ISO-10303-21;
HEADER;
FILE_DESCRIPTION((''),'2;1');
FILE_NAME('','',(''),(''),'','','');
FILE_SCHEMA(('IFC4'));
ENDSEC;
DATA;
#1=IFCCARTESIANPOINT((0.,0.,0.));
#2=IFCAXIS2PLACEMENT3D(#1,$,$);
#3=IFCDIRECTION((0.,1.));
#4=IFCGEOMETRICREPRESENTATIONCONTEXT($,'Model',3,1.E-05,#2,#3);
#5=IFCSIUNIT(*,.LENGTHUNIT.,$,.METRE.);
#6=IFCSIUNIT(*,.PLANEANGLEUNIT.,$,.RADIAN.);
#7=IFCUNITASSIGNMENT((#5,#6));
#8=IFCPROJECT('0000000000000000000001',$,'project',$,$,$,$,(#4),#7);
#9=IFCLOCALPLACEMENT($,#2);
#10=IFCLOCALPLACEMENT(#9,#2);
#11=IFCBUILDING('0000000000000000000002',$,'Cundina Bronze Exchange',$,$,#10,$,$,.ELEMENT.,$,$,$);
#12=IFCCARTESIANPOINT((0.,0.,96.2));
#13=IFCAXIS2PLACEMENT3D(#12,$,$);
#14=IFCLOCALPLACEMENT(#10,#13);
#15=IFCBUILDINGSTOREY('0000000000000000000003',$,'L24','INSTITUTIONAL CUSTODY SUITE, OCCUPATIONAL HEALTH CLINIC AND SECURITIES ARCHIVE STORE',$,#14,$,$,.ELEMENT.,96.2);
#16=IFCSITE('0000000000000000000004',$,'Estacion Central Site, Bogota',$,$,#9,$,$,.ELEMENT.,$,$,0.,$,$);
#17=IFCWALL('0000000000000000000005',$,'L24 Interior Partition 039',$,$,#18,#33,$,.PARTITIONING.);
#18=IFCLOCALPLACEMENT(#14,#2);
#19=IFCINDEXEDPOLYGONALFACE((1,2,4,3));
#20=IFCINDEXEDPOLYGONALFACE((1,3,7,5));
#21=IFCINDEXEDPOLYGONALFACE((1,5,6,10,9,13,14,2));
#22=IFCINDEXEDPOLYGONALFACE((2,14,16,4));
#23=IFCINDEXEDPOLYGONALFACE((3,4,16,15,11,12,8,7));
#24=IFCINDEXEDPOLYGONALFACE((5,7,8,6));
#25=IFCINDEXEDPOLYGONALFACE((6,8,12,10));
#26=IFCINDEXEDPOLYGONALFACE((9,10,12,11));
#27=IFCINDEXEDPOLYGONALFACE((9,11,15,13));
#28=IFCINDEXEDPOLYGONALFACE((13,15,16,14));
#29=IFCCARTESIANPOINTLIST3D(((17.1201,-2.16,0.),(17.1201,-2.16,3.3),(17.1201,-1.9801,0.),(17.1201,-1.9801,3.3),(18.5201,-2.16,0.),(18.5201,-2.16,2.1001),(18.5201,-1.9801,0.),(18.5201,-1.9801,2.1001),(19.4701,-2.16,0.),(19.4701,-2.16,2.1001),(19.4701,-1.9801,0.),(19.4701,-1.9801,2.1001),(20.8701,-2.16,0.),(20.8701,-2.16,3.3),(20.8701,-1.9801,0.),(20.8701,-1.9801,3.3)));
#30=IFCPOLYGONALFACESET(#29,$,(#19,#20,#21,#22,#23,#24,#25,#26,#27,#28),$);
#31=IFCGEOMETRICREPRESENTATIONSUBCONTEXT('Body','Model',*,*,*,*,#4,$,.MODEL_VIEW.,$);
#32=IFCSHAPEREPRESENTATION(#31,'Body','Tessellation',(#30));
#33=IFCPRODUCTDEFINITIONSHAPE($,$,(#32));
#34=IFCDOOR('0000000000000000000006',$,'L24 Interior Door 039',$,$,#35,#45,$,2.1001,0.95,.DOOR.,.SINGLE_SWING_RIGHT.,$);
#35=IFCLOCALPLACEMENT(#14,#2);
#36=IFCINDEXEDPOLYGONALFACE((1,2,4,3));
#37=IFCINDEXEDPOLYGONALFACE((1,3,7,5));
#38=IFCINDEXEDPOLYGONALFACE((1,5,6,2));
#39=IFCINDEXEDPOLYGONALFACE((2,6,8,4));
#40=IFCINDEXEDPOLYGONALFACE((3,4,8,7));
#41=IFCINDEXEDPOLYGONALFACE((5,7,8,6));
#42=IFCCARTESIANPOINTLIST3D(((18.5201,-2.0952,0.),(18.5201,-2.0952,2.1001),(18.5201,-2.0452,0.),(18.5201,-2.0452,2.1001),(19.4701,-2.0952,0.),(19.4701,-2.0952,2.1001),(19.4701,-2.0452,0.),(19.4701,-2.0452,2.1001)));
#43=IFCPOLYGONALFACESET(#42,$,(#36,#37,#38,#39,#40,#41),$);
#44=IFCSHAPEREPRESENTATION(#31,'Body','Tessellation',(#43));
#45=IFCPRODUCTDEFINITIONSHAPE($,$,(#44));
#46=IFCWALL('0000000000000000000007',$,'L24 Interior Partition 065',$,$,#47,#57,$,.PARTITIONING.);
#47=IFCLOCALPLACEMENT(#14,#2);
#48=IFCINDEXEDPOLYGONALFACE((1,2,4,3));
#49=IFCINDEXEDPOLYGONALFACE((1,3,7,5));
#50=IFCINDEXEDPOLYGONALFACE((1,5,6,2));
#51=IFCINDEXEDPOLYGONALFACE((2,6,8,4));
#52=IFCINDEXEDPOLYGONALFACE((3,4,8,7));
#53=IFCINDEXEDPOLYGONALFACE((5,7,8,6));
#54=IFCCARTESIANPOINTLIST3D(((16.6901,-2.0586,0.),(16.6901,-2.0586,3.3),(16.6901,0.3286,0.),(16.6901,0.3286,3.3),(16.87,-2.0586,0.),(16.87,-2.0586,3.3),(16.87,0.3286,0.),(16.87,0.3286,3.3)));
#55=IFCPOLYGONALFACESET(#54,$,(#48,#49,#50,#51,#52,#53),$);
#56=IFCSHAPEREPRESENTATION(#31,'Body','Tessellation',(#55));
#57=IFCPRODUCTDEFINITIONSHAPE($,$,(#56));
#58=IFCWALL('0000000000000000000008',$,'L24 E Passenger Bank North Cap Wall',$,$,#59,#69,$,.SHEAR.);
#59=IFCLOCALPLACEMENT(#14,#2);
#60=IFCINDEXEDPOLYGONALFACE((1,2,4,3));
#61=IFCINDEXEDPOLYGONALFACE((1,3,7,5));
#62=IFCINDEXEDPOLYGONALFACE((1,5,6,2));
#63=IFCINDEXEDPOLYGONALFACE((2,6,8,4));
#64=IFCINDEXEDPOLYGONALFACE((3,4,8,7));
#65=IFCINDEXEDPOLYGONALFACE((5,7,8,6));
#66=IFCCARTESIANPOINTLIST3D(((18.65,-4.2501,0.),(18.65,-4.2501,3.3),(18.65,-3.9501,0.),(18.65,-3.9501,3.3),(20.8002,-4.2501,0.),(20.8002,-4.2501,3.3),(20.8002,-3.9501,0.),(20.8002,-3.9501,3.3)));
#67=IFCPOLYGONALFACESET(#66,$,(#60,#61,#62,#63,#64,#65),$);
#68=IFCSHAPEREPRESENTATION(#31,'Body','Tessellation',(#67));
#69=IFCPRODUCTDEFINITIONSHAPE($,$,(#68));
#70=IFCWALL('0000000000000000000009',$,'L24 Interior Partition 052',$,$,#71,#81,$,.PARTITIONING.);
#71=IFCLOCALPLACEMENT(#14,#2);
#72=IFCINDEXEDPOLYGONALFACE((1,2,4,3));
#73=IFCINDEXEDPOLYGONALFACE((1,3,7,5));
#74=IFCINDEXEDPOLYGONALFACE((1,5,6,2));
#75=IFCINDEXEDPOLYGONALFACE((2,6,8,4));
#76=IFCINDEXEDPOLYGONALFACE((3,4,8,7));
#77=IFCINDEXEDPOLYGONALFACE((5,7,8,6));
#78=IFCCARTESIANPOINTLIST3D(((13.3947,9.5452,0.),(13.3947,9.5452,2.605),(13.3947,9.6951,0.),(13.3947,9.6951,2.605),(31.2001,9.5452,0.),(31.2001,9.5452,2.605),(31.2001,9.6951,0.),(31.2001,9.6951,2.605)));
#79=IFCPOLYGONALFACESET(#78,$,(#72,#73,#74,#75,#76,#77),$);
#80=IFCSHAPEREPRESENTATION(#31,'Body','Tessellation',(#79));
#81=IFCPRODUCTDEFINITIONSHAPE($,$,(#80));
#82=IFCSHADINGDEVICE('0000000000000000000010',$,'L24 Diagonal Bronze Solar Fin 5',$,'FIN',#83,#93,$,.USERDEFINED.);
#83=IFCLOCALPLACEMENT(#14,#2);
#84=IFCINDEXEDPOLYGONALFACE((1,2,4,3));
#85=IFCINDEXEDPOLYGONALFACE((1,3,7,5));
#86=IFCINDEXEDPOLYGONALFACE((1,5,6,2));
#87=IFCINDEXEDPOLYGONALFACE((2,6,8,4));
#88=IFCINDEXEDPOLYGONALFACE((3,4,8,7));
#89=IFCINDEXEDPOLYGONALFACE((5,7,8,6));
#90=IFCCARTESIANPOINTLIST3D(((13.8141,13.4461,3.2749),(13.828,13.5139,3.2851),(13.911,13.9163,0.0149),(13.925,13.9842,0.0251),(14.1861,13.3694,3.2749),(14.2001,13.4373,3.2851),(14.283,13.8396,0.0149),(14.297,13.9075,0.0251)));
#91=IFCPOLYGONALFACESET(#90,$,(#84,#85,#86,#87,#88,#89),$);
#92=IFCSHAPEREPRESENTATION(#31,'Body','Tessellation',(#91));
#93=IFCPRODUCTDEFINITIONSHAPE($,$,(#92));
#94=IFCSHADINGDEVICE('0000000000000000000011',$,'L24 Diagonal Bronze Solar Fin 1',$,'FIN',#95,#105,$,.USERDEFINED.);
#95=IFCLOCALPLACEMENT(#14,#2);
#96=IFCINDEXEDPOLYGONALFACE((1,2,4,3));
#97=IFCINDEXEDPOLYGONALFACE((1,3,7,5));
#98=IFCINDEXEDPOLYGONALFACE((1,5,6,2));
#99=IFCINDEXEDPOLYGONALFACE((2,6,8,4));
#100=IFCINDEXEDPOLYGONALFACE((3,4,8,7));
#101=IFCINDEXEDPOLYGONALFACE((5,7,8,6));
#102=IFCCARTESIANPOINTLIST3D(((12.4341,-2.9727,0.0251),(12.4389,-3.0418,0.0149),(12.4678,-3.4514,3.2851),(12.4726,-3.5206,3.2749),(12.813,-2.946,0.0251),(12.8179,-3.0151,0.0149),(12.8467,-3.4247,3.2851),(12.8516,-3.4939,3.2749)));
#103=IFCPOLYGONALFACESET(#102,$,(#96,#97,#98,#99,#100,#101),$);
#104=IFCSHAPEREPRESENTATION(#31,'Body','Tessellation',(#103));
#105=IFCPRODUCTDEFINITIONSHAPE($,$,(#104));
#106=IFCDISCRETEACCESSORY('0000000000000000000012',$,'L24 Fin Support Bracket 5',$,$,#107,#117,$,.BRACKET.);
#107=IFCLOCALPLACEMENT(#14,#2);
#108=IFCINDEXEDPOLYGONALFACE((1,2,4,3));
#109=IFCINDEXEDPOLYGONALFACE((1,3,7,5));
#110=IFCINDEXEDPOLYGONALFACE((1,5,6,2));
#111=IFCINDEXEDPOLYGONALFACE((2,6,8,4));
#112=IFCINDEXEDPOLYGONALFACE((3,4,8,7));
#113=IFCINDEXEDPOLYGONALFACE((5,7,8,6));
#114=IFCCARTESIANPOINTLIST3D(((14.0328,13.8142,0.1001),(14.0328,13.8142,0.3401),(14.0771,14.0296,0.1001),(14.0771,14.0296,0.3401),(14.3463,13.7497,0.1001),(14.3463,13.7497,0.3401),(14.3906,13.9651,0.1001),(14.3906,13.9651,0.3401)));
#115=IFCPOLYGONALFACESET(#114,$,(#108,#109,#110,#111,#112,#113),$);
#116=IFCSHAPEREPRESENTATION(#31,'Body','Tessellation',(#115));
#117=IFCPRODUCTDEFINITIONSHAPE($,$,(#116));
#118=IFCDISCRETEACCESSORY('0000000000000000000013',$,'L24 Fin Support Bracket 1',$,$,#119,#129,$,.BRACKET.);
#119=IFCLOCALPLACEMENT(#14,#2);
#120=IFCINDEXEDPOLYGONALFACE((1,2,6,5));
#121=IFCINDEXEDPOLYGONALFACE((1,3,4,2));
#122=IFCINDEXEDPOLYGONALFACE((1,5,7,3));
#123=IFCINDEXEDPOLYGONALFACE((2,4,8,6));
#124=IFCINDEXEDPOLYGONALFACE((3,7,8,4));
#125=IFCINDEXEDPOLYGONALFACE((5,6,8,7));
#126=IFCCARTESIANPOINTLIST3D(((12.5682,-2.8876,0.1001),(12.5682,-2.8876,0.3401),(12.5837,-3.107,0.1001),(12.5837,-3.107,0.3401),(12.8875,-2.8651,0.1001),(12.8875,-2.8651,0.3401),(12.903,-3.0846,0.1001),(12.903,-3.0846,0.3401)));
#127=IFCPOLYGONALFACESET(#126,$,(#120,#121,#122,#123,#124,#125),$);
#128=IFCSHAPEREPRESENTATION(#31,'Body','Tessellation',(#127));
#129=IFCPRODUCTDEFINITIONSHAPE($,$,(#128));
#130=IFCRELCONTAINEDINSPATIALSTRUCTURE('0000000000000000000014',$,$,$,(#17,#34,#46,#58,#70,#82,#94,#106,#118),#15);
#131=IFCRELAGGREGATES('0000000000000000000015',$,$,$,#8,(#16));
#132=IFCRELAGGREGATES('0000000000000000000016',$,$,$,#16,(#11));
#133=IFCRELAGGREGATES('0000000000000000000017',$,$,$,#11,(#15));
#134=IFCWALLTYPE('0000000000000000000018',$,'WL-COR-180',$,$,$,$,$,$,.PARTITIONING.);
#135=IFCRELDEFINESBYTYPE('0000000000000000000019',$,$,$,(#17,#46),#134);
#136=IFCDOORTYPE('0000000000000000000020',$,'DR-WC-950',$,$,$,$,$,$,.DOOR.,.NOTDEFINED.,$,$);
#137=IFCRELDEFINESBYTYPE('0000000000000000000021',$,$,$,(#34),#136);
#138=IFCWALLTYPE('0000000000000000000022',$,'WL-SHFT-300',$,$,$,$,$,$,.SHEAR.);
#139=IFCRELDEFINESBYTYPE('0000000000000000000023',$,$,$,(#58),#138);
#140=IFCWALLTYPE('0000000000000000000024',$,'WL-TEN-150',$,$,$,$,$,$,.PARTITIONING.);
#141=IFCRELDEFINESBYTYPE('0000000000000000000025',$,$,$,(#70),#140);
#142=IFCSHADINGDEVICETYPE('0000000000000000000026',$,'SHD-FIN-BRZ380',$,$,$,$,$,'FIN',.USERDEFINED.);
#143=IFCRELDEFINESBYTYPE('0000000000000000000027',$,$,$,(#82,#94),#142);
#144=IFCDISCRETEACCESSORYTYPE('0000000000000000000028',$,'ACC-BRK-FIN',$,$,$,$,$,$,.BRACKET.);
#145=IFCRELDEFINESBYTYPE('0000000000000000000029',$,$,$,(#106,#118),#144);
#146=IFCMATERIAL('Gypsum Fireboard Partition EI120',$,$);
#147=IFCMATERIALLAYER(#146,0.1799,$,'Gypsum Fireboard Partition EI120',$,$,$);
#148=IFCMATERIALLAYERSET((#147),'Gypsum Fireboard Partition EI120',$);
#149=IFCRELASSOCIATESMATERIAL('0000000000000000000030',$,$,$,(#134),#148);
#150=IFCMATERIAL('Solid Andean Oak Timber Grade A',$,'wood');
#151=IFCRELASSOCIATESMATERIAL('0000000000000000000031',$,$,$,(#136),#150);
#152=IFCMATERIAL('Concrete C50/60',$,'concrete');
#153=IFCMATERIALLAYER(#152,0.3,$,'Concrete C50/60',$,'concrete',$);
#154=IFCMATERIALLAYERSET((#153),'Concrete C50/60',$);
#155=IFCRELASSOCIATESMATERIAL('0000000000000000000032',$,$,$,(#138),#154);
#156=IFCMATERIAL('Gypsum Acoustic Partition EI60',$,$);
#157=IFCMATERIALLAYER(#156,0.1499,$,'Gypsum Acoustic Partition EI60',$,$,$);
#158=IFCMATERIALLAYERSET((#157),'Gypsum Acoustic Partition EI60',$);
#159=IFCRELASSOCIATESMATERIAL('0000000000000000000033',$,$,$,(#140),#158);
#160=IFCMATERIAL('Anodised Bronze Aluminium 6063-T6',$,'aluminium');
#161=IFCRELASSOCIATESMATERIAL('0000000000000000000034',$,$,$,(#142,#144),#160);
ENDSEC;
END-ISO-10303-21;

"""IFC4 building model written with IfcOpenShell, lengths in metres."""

from ifc_helpers import new_model, si_unit, direction, frame, frame_2d, origin, origin_2d, place, context, subcontext, project, spatial, rectangle, extrude, material, layer, layer_set, material_profile, profile_set, type_object, element, fill, save


model = new_model("IFC4")

# Units and contexts
model_context = context("Model", 3, precision=1e-05, world=origin(), true_north=direction((0.0, 1.0)))
body_context = subcontext(model_context, "Body", "Model", "MODEL_VIEW")
ifc_project = project(units=[si_unit("LENGTHUNIT", "METRE"), si_unit("PLANEANGLEUNIT", "RADIAN")], contexts=[model_context])

# Site, building, storey
site_placement = place(None, origin())
site = spatial("IfcSite", under=ifc_project, at=site_placement, Name="Estacion Central Site, Bogota", CompositionType="ELEMENT", RefElevation=0.0)
building_placement = place(site_placement, origin())
building = spatial("IfcBuilding", under=site, at=building_placement, Name="Cundina Bronze Exchange", CompositionType="ELEMENT")
storey_placement = place(building_placement, frame((0.0, 0.0, 96.2)))
storey = spatial("IfcBuildingStorey", under=building, at=storey_placement, Name="L24", Description="INSTITUTIONAL CUSTODY SUITE, OCCUPATIONAL HEALTH CLINIC AND SECURITIES ARCHIVE STORE", CompositionType="ELEMENT", Elevation=96.2)

# Shared definitions
ifc_material_1 = material(Name="Anodised Bronze Aluminium 6063-T6", Category="aluminium")

# Wall, opening, door
ifc_material_2 = material(Name="Gypsum Fireboard Partition EI120")
ifc_layer_1 = layer(ifc_material_2, 0.1799, Name="Gypsum Fireboard Partition EI120")
ifc_layer_set_1 = layer_set([ifc_layer_1], Name="Gypsum Fireboard Partition EI120")
wall_type_1 = type_object("IfcWallType", Name="WL-COR-180", PredefinedType="PARTITIONING", material=ifc_layer_set_1)
wall_1_placement = place(storey_placement, frame((17.1201, -2.0701, 0.0), z_axis=(0.0, 0.0, 1.0), x_axis=(1.0, 0.0, 0.0)))
wall_1 = element("IfcWall", 1, at=wall_1_placement, inside=storey, type_object=wall_type_1, Name="L24 Interior Partition 039", PredefinedType="PARTITIONING", context=body_context, shape_type="SweptSolid", body=[
    extrude(rectangle(XDim=3.75, YDim=0.1799, at=frame_2d((1.875, 0.0))), origin(), (0.0, 0.0, 1.0), 3.3),
])
opening_placement = place(wall_1_placement, frame((1.3999, 0.0, 0.0)))
opening = element("IfcOpeningElement", 2, at=opening_placement, cuts=wall_1, PredefinedType="OPENING", context=body_context, shape_type="SweptSolid", body=[
    extrude(rectangle(XDim=0.95, YDim=2.1001, at=frame_2d((0.4751, 1.05))), frame((0.0, 0.0999, 0.0), z_axis=(0.0, -1.0, 0.0), x_axis=(1.0, 0.0, 0.0)), (0.0, 0.0, 1.0), 0.2),
])
ifc_material_3 = material(Name="Solid Andean Oak Timber Grade A", Category="wood")
door_type = type_object("IfcDoorType", Name="DR-WC-950", OperationType="NOTDEFINED", PredefinedType="DOOR", material=ifc_material_3)
door_placement = place(opening_placement, origin())
door = element("IfcDoor", 3, at=door_placement, inside=storey, type_object=door_type, Name="L24 Interior Door 039", OperationType="SINGLE_SWING_RIGHT", OverallHeight=2.1001, OverallWidth=0.95, PredefinedType="DOOR", context=body_context, shape_type="SweptSolid", body=[
    extrude(rectangle(XDim=0.95, YDim=2.1001, at=frame_2d((0.4751, 1.05))), frame((0.0, 0.0249, 0.0), z_axis=(0.0, -1.0, 0.0), x_axis=(1.0, 0.0, 0.0)), (0.0, 0.0, 1.0), 0.05),
])
fill(opening, door)

# Walls
wall_2_placement = place(storey_placement, frame((16.78, 0.3286, 0.0), z_axis=(0.0, 0.0, 1.0), x_axis=(0.0, -1.0, 0.0)))
element("IfcWall", 4, at=wall_2_placement, inside=storey, type_object=wall_type_1, Name="L24 Interior Partition 065", PredefinedType="PARTITIONING", context=body_context, shape_type="SweptSolid", body=[
    extrude(rectangle(XDim=2.3872, YDim=0.1799, at=frame_2d((1.1936, 0.0))), origin(), (0.0, 0.0, 1.0), 3.3),
])
ifc_material_4 = material(Name="Concrete C50/60", Category="concrete")
ifc_layer_2 = layer(ifc_material_4, 0.3, Name="Concrete C50/60", Category="concrete")
ifc_layer_set_2 = layer_set([ifc_layer_2], Name="Concrete C50/60")
wall_type_2 = type_object("IfcWallType", Name="WL-SHFT-300", PredefinedType="SHEAR", material=ifc_layer_set_2)
wall_3_placement = place(storey_placement, frame((18.6499, -4.1001, 0.0), z_axis=(0.0, 0.0, 1.0), x_axis=(1.0, 0.0, 0.0)))
element("IfcWall", 5, at=wall_3_placement, inside=storey, type_object=wall_type_2, Name="L24 E Passenger Bank North Cap Wall", PredefinedType="SHEAR", context=body_context, shape_type="SweptSolid", body=[
    extrude(rectangle(XDim=2.1501, YDim=0.3, at=frame_2d((1.0752, 0.0))), origin(), (0.0, 0.0, 1.0), 3.3),
])
ifc_material_5 = material(Name="Gypsum Acoustic Partition EI60")
ifc_layer_3 = layer(ifc_material_5, 0.1499, Name="Gypsum Acoustic Partition EI60")
ifc_layer_set_3 = layer_set([ifc_layer_3], Name="Gypsum Acoustic Partition EI60")
wall_type_3 = type_object("IfcWallType", Name="WL-TEN-150", PredefinedType="PARTITIONING", material=ifc_layer_set_3)
wall_4_placement = place(storey_placement, frame((13.3945, 9.6201, 0.0), z_axis=(0.0, 0.0, 1.0), x_axis=(1.0, 0.0, 0.0)))
element("IfcWall", 6, at=wall_4_placement, inside=storey, type_object=wall_type_3, Name="L24 Interior Partition 052", PredefinedType="PARTITIONING", context=body_context, shape_type="SweptSolid", body=[
    extrude(rectangle(XDim=17.8054, YDim=0.1499, at=frame_2d((8.9028, 0.0))), origin(), (0.0, 0.0, 1.0), 2.605),
])

# Shading devices
ifc_material_profile_1 = material_profile(ifc_material_1, rectangle(XDim=0.0701, YDim=0.3799, at=origin_2d()), Name="FIN70X380", Category="aluminium")
ifc_profile_set_1 = profile_set([ifc_material_profile_1], Name="Anodised Bronze Aluminium 6063-T6")
shading_device_type = type_object("IfcShadingDeviceType", Name="SHD-FIN-BRZ380", ElementType="FIN", PredefinedType="USERDEFINED", material=ifc_profile_set_1)
for number, where, z_axis, x_axis, name in (
    (7, (14.104, 13.9119, 0.02), (-0.029414, -0.142698, 0.989329), (0.199728, 0.968959, 0.145698), "L24 Diagonal Bronze Solar Fin 5"),
    (8, (12.626, -2.9939, 0.02), (0.010225, -0.145292, 0.989336), (-0.06945, 0.986895, 0.145652), "L24 Diagonal Bronze Solar Fin 1"),
):
    element("IfcShadingDevice", number, at=place(storey_placement, frame(where, z_axis=z_axis, x_axis=x_axis)), inside=storey, type_object=shading_device_type, Name=name, ObjectType="FIN", PredefinedType="USERDEFINED", context=body_context, shape_type="SweptSolid", body=[
        extrude(rectangle(XDim=0.0701, YDim=0.3799, at=origin_2d()), origin(), (0.0, 0.0, 1.0), 3.2952),
    ])

# Discrete accessories
discrete_accessory_type = type_object("IfcDiscreteAccessoryType", Name="ACC-BRK-FIN", PredefinedType="BRACKET", material=ifc_material_1)
for number, where, z_axis, x_axis, name in (
    (9, (14.2117, 13.8896, 0.1001), (0.0, 0.0, 1.0), (-0.20142, -0.979505, 0.0), "L24 Fin Support Bracket 5"),
    (10, (12.7356, -2.9861, 0.1001), (0.0, 0.0, 1.0), (0.070279, -0.997527, 0.0), "L24 Fin Support Bracket 1"),
):
    element("IfcDiscreteAccessory", number, at=place(storey_placement, frame(where, z_axis=z_axis, x_axis=x_axis)), inside=storey, type_object=discrete_accessory_type, Name=name, PredefinedType="BRACKET", context=body_context, shape_type="SweptSolid", body=[
        extrude(rectangle(XDim=0.22, YDim=0.3201, at=origin_2d()), origin(), (0.0, 0.0, 1.0), 0.24),
    ])

save(model, "model.ifc")
